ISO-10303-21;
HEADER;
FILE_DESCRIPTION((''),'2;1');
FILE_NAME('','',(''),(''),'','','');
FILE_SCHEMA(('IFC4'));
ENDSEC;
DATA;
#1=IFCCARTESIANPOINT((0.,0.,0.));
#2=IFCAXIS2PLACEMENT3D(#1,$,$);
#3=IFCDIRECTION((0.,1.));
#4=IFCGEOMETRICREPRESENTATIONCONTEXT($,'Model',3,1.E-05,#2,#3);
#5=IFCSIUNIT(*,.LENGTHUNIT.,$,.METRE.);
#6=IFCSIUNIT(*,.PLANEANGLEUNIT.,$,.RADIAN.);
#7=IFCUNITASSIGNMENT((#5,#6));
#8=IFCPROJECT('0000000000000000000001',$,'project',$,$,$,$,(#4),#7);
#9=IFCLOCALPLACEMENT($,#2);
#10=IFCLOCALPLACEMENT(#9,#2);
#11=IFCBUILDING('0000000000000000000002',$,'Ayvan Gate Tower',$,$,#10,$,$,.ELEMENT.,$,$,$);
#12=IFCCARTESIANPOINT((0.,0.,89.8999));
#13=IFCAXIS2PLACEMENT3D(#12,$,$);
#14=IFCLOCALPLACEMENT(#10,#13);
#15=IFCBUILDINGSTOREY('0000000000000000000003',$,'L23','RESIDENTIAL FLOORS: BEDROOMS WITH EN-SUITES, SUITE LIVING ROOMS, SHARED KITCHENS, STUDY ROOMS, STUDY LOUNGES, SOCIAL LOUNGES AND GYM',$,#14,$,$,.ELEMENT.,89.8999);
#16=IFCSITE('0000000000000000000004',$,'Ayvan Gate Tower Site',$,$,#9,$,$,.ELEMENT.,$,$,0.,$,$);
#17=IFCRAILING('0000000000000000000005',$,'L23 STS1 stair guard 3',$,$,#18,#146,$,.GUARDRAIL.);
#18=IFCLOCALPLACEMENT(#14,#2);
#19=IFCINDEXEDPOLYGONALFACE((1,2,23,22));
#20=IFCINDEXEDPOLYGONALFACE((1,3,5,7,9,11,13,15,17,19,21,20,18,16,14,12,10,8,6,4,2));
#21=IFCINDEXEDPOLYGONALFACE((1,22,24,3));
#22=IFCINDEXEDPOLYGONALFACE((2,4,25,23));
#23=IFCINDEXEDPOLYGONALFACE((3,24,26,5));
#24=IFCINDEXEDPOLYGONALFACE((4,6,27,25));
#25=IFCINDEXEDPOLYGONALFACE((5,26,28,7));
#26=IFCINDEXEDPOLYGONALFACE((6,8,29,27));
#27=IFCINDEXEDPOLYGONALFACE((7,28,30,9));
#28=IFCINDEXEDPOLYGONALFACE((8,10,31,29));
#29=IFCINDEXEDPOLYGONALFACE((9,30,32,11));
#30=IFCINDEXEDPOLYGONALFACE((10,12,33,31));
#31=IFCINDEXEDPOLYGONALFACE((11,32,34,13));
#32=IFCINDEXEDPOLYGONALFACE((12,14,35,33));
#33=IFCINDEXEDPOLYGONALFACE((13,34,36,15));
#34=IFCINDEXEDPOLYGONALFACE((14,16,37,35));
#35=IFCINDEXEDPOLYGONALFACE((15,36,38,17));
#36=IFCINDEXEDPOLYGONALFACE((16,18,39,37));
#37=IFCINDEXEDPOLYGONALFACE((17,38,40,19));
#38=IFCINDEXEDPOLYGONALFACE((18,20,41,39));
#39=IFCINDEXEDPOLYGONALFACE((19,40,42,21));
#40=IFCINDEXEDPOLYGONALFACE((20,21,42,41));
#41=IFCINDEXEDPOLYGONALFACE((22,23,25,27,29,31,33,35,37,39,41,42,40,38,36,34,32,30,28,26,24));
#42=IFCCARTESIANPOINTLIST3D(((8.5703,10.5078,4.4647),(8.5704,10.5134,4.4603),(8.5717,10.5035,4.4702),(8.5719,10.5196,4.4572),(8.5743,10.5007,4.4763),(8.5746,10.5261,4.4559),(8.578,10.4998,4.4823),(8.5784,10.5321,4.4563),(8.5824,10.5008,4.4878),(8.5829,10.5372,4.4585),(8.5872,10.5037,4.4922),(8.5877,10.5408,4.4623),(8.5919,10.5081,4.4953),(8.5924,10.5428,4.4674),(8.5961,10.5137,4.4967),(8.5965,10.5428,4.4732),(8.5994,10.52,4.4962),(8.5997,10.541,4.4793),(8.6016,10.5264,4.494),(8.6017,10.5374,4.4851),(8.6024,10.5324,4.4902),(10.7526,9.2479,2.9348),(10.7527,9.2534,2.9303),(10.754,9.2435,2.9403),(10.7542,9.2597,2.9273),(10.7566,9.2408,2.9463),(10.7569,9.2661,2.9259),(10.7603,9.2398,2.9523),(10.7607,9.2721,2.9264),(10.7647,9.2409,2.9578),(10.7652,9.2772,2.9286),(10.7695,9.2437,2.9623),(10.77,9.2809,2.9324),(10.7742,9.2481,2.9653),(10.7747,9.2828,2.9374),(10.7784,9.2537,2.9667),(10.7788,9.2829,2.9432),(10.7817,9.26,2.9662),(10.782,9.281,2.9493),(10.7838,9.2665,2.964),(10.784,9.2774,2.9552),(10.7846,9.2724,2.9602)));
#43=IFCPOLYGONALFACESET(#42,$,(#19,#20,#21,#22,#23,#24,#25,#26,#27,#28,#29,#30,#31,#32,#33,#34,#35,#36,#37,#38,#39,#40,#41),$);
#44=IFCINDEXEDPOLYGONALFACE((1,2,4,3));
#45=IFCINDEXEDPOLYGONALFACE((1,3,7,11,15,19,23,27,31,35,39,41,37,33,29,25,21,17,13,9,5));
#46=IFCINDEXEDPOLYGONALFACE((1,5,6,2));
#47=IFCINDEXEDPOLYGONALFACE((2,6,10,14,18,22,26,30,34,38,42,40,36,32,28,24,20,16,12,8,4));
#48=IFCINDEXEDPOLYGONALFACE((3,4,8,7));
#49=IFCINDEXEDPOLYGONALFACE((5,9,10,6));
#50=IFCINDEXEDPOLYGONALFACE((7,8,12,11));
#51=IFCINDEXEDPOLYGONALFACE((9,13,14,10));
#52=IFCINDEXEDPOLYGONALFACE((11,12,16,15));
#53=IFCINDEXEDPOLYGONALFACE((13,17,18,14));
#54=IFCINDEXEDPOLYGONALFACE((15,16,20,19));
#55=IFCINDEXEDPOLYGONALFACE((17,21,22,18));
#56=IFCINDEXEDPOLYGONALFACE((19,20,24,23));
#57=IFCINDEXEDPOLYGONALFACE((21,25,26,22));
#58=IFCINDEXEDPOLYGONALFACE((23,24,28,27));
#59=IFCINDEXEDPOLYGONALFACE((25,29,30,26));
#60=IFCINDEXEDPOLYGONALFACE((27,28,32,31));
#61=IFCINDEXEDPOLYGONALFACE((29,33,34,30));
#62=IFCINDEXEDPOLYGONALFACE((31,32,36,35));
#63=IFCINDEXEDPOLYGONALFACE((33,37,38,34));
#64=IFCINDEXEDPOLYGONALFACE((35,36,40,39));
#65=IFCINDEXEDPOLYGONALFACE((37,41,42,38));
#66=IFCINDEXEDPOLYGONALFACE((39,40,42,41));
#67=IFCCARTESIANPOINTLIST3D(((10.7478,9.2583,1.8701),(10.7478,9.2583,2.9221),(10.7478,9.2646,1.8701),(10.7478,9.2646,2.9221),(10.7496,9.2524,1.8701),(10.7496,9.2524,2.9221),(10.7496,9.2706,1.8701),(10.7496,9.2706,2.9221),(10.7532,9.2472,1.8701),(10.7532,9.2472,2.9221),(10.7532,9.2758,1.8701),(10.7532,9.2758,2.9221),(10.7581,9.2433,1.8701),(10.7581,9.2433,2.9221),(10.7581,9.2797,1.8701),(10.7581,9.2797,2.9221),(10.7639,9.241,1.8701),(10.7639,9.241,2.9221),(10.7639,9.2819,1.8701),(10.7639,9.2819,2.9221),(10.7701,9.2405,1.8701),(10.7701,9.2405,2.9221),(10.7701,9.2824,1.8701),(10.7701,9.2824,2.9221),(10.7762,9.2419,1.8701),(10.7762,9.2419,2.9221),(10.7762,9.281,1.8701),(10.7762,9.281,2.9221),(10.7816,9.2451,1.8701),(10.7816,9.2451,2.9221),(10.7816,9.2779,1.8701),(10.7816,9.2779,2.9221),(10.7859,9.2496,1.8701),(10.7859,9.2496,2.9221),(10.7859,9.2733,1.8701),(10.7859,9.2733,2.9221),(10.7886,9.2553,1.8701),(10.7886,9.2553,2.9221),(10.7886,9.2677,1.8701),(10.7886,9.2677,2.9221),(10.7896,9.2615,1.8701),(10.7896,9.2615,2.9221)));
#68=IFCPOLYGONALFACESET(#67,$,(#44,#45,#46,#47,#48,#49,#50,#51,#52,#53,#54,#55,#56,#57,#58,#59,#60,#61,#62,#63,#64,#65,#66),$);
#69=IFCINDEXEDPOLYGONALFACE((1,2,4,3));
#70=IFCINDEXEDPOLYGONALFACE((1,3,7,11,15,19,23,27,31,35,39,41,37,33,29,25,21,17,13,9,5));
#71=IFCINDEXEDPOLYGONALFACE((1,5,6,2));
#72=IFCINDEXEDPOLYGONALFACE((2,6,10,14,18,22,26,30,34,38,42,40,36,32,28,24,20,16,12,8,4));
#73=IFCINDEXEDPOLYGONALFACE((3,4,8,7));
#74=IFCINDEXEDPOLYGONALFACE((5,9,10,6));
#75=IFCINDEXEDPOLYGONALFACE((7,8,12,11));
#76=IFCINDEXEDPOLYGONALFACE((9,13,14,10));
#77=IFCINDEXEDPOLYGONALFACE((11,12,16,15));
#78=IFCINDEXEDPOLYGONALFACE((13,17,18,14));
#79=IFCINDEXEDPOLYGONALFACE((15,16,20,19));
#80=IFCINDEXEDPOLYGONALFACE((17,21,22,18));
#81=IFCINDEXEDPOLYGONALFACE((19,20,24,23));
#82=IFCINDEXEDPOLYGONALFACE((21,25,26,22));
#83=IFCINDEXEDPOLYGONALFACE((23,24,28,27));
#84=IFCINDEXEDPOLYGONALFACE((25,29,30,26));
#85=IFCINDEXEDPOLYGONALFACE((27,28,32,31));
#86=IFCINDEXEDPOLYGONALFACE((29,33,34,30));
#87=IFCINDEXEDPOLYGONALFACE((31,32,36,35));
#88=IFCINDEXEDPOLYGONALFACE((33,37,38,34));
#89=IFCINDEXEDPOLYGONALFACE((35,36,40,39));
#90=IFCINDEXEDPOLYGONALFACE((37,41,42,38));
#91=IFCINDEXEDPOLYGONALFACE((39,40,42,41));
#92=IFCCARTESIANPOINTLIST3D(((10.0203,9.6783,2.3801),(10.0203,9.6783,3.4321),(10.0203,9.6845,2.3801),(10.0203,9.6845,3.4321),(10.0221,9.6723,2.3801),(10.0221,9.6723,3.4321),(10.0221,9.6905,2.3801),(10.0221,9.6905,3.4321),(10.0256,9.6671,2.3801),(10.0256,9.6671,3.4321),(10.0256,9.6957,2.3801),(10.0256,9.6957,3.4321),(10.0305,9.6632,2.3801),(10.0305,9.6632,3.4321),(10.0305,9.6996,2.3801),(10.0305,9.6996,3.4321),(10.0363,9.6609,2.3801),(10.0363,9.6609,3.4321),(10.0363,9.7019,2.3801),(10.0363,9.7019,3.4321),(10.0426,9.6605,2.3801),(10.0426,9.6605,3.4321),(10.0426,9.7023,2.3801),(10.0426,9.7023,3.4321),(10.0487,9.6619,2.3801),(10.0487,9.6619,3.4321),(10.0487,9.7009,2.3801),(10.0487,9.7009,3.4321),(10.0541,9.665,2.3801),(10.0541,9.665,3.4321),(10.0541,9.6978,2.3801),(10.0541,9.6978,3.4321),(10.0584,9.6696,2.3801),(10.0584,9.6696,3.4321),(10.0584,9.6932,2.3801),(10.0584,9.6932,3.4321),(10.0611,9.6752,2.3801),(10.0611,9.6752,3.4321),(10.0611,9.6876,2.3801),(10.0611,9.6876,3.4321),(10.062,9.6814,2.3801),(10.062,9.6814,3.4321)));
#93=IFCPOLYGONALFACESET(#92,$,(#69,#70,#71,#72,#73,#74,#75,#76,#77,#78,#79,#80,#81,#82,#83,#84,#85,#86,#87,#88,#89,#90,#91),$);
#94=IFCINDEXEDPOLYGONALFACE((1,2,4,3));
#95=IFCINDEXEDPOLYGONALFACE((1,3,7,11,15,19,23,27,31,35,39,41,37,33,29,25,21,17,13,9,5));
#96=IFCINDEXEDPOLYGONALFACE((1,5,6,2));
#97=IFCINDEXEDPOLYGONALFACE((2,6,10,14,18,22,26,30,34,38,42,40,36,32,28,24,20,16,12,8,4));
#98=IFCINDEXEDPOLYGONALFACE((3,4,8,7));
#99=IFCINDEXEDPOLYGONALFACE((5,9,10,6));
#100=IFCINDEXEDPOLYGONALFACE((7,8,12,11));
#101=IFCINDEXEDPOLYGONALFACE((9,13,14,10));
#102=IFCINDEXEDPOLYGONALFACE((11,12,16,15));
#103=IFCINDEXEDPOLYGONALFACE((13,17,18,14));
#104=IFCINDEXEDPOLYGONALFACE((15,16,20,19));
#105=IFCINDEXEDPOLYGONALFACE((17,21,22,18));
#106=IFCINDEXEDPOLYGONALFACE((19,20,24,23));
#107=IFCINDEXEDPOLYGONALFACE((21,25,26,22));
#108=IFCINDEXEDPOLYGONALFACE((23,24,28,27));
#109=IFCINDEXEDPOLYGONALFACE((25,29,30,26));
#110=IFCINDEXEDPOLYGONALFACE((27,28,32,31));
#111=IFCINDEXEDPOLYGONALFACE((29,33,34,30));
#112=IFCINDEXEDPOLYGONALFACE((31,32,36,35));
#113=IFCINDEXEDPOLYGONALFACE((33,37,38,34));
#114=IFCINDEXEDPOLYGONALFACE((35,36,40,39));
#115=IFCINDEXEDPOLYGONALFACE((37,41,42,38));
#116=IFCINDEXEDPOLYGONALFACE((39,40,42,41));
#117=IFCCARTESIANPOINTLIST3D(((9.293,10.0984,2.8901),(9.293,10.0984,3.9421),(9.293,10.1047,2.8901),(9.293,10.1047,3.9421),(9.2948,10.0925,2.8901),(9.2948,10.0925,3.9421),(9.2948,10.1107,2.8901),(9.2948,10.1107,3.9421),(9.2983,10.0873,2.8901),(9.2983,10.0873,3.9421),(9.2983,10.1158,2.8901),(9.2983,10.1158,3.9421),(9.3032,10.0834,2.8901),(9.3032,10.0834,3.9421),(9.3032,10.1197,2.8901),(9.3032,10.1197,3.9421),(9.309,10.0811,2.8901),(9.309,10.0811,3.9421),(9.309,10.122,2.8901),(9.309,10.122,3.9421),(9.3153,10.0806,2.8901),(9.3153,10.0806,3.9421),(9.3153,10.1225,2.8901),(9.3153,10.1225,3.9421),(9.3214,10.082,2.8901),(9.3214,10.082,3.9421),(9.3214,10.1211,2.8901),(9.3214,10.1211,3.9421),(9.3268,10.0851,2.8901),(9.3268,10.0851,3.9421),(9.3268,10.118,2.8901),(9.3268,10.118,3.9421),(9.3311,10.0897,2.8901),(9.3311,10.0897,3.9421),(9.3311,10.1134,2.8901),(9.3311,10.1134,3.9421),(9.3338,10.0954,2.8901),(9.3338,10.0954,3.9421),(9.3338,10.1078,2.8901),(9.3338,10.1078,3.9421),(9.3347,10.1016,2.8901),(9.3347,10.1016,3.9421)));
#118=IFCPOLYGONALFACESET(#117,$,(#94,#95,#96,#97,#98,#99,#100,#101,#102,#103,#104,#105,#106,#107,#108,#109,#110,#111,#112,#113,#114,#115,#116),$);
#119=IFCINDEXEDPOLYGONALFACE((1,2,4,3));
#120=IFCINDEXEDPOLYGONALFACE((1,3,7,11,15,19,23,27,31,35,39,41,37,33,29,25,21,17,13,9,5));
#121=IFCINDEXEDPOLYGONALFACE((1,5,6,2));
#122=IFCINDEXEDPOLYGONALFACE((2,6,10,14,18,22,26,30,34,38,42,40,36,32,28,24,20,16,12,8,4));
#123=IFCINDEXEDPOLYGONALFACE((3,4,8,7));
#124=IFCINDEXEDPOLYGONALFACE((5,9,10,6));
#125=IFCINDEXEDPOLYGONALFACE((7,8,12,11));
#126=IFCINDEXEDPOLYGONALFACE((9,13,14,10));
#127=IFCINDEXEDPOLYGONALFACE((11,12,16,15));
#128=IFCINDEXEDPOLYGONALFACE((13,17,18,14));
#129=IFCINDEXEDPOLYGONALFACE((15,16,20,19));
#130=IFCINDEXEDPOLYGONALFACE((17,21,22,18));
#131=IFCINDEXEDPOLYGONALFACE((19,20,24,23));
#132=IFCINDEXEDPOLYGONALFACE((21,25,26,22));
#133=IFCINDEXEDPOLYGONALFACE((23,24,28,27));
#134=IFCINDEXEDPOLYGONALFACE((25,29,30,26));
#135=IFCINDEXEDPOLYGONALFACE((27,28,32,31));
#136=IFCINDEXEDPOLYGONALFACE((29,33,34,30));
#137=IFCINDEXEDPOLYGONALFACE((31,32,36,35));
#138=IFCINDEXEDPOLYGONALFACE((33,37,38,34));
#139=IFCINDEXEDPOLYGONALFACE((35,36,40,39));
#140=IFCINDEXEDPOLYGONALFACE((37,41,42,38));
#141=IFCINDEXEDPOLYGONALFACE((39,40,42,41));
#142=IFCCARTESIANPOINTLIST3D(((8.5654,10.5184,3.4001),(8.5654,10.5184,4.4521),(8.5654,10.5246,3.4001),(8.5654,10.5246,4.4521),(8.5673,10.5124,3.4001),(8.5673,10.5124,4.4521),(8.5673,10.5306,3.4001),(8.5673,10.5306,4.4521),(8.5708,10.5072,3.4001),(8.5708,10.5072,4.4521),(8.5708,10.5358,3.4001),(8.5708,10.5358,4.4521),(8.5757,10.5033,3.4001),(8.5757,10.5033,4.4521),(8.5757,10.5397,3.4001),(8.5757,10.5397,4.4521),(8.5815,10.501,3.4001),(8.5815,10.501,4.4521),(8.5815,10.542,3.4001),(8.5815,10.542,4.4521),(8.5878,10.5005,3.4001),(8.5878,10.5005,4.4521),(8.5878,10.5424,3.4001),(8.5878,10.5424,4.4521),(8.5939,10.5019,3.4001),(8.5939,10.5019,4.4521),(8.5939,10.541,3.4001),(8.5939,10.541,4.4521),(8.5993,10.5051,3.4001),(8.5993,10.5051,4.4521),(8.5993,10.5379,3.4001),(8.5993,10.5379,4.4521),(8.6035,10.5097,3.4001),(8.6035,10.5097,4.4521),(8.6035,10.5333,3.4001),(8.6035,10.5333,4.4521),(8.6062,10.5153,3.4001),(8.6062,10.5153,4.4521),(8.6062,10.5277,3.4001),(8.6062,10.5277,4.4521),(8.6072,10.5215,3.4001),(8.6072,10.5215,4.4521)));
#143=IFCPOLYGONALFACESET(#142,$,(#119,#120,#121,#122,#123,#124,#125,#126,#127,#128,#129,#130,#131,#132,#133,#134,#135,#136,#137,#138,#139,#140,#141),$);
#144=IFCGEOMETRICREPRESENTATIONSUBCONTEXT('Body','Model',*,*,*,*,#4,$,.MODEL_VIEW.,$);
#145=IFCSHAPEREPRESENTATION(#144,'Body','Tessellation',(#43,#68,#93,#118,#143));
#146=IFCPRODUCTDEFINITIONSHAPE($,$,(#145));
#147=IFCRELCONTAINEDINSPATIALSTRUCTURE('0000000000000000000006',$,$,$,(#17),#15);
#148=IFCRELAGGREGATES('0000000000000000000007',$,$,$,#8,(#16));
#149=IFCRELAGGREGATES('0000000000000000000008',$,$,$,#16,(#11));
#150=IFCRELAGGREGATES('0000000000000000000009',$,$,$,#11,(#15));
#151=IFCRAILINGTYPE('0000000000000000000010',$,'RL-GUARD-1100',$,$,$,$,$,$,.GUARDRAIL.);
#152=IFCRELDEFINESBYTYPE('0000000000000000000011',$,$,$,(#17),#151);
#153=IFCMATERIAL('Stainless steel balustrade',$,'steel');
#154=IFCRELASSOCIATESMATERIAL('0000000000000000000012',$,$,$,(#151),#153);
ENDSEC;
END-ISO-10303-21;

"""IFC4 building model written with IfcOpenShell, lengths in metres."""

from ifc_helpers import new_model, si_unit, direction, frame, origin, origin_2d, place, context, subcontext, project, spatial, circle, extrude, material, type_object, element, save


model = new_model("IFC4")

# Units and contexts
model_context = context("Model", 3, precision=1e-05, world=origin(), true_north=direction((0.0, 1.0)))
body_context = subcontext(model_context, "Body", "Model", "MODEL_VIEW")
ifc_project = project(units=[si_unit("LENGTHUNIT", "METRE"), si_unit("PLANEANGLEUNIT", "RADIAN")], contexts=[model_context])

# Site, building, storey
site_placement = place(None, origin())
site = spatial("IfcSite", under=ifc_project, at=site_placement, Name="Ayvan Gate Tower Site", CompositionType="ELEMENT", RefElevation=0.0)
building_placement = place(site_placement, origin())
building = spatial("IfcBuilding", under=site, at=building_placement, Name="Ayvan Gate Tower", CompositionType="ELEMENT")
storey_placement = place(building_placement, frame((0.0, 0.0, 89.8999)))
storey = spatial("IfcBuildingStorey", under=building, at=storey_placement, Name="L23", Description="RESIDENTIAL FLOORS: BEDROOMS WITH EN-SUITES, SUITE LIVING ROOMS, SHARED KITCHENS, STUDY ROOMS, STUDY LOUNGES, SOCIAL LOUNGES AND GYM", CompositionType="ELEMENT", Elevation=89.8999)

# Railing
ifc_material_1 = material(Name="Stainless steel balustrade", Category="steel")
railing_type_1 = type_object("IfcRailingType", Name="RL-GUARD-1100", PredefinedType="GUARDRAIL", material=ifc_material_1)
railing_1_placement = place(storey_placement, frame((10.7686, 9.2615, 1.8701)))
element("IfcRailing", 1, at=railing_1_placement, inside=storey, type_object=railing_type_1, Name="L23 STS1 stair guard 3", PredefinedType="GUARDRAIL", context=body_context, shape_type="SweptSolid", body=[
    extrude(circle(Radius=0.0239, at=origin_2d()), frame((0.0, 0.0, 1.0762), z_axis=(-0.740261, 0.427395, 0.518986), x_axis=(-0.500005, -0.866023, 0.0)), (0.0, 0.0, 1.0), 2.948),
    extrude(circle(Radius=0.021, at=origin_2d()), origin(), (0.0, 0.0, 1.0), 1.052),
    extrude(circle(Radius=0.021, at=origin_2d()), frame((-0.7275, 0.4199, 0.51)), (0.0, 0.0, 1.0), 1.052),
    extrude(circle(Radius=0.021, at=origin_2d()), frame((-1.4548, 0.8401, 1.02)), (0.0, 0.0, 1.0), 1.052),
    extrude(circle(Radius=0.021, at=origin_2d()), frame((-2.1824, 1.26, 1.53)), (0.0, 0.0, 1.0), 1.052),
])

save(model, "model.ifc")
